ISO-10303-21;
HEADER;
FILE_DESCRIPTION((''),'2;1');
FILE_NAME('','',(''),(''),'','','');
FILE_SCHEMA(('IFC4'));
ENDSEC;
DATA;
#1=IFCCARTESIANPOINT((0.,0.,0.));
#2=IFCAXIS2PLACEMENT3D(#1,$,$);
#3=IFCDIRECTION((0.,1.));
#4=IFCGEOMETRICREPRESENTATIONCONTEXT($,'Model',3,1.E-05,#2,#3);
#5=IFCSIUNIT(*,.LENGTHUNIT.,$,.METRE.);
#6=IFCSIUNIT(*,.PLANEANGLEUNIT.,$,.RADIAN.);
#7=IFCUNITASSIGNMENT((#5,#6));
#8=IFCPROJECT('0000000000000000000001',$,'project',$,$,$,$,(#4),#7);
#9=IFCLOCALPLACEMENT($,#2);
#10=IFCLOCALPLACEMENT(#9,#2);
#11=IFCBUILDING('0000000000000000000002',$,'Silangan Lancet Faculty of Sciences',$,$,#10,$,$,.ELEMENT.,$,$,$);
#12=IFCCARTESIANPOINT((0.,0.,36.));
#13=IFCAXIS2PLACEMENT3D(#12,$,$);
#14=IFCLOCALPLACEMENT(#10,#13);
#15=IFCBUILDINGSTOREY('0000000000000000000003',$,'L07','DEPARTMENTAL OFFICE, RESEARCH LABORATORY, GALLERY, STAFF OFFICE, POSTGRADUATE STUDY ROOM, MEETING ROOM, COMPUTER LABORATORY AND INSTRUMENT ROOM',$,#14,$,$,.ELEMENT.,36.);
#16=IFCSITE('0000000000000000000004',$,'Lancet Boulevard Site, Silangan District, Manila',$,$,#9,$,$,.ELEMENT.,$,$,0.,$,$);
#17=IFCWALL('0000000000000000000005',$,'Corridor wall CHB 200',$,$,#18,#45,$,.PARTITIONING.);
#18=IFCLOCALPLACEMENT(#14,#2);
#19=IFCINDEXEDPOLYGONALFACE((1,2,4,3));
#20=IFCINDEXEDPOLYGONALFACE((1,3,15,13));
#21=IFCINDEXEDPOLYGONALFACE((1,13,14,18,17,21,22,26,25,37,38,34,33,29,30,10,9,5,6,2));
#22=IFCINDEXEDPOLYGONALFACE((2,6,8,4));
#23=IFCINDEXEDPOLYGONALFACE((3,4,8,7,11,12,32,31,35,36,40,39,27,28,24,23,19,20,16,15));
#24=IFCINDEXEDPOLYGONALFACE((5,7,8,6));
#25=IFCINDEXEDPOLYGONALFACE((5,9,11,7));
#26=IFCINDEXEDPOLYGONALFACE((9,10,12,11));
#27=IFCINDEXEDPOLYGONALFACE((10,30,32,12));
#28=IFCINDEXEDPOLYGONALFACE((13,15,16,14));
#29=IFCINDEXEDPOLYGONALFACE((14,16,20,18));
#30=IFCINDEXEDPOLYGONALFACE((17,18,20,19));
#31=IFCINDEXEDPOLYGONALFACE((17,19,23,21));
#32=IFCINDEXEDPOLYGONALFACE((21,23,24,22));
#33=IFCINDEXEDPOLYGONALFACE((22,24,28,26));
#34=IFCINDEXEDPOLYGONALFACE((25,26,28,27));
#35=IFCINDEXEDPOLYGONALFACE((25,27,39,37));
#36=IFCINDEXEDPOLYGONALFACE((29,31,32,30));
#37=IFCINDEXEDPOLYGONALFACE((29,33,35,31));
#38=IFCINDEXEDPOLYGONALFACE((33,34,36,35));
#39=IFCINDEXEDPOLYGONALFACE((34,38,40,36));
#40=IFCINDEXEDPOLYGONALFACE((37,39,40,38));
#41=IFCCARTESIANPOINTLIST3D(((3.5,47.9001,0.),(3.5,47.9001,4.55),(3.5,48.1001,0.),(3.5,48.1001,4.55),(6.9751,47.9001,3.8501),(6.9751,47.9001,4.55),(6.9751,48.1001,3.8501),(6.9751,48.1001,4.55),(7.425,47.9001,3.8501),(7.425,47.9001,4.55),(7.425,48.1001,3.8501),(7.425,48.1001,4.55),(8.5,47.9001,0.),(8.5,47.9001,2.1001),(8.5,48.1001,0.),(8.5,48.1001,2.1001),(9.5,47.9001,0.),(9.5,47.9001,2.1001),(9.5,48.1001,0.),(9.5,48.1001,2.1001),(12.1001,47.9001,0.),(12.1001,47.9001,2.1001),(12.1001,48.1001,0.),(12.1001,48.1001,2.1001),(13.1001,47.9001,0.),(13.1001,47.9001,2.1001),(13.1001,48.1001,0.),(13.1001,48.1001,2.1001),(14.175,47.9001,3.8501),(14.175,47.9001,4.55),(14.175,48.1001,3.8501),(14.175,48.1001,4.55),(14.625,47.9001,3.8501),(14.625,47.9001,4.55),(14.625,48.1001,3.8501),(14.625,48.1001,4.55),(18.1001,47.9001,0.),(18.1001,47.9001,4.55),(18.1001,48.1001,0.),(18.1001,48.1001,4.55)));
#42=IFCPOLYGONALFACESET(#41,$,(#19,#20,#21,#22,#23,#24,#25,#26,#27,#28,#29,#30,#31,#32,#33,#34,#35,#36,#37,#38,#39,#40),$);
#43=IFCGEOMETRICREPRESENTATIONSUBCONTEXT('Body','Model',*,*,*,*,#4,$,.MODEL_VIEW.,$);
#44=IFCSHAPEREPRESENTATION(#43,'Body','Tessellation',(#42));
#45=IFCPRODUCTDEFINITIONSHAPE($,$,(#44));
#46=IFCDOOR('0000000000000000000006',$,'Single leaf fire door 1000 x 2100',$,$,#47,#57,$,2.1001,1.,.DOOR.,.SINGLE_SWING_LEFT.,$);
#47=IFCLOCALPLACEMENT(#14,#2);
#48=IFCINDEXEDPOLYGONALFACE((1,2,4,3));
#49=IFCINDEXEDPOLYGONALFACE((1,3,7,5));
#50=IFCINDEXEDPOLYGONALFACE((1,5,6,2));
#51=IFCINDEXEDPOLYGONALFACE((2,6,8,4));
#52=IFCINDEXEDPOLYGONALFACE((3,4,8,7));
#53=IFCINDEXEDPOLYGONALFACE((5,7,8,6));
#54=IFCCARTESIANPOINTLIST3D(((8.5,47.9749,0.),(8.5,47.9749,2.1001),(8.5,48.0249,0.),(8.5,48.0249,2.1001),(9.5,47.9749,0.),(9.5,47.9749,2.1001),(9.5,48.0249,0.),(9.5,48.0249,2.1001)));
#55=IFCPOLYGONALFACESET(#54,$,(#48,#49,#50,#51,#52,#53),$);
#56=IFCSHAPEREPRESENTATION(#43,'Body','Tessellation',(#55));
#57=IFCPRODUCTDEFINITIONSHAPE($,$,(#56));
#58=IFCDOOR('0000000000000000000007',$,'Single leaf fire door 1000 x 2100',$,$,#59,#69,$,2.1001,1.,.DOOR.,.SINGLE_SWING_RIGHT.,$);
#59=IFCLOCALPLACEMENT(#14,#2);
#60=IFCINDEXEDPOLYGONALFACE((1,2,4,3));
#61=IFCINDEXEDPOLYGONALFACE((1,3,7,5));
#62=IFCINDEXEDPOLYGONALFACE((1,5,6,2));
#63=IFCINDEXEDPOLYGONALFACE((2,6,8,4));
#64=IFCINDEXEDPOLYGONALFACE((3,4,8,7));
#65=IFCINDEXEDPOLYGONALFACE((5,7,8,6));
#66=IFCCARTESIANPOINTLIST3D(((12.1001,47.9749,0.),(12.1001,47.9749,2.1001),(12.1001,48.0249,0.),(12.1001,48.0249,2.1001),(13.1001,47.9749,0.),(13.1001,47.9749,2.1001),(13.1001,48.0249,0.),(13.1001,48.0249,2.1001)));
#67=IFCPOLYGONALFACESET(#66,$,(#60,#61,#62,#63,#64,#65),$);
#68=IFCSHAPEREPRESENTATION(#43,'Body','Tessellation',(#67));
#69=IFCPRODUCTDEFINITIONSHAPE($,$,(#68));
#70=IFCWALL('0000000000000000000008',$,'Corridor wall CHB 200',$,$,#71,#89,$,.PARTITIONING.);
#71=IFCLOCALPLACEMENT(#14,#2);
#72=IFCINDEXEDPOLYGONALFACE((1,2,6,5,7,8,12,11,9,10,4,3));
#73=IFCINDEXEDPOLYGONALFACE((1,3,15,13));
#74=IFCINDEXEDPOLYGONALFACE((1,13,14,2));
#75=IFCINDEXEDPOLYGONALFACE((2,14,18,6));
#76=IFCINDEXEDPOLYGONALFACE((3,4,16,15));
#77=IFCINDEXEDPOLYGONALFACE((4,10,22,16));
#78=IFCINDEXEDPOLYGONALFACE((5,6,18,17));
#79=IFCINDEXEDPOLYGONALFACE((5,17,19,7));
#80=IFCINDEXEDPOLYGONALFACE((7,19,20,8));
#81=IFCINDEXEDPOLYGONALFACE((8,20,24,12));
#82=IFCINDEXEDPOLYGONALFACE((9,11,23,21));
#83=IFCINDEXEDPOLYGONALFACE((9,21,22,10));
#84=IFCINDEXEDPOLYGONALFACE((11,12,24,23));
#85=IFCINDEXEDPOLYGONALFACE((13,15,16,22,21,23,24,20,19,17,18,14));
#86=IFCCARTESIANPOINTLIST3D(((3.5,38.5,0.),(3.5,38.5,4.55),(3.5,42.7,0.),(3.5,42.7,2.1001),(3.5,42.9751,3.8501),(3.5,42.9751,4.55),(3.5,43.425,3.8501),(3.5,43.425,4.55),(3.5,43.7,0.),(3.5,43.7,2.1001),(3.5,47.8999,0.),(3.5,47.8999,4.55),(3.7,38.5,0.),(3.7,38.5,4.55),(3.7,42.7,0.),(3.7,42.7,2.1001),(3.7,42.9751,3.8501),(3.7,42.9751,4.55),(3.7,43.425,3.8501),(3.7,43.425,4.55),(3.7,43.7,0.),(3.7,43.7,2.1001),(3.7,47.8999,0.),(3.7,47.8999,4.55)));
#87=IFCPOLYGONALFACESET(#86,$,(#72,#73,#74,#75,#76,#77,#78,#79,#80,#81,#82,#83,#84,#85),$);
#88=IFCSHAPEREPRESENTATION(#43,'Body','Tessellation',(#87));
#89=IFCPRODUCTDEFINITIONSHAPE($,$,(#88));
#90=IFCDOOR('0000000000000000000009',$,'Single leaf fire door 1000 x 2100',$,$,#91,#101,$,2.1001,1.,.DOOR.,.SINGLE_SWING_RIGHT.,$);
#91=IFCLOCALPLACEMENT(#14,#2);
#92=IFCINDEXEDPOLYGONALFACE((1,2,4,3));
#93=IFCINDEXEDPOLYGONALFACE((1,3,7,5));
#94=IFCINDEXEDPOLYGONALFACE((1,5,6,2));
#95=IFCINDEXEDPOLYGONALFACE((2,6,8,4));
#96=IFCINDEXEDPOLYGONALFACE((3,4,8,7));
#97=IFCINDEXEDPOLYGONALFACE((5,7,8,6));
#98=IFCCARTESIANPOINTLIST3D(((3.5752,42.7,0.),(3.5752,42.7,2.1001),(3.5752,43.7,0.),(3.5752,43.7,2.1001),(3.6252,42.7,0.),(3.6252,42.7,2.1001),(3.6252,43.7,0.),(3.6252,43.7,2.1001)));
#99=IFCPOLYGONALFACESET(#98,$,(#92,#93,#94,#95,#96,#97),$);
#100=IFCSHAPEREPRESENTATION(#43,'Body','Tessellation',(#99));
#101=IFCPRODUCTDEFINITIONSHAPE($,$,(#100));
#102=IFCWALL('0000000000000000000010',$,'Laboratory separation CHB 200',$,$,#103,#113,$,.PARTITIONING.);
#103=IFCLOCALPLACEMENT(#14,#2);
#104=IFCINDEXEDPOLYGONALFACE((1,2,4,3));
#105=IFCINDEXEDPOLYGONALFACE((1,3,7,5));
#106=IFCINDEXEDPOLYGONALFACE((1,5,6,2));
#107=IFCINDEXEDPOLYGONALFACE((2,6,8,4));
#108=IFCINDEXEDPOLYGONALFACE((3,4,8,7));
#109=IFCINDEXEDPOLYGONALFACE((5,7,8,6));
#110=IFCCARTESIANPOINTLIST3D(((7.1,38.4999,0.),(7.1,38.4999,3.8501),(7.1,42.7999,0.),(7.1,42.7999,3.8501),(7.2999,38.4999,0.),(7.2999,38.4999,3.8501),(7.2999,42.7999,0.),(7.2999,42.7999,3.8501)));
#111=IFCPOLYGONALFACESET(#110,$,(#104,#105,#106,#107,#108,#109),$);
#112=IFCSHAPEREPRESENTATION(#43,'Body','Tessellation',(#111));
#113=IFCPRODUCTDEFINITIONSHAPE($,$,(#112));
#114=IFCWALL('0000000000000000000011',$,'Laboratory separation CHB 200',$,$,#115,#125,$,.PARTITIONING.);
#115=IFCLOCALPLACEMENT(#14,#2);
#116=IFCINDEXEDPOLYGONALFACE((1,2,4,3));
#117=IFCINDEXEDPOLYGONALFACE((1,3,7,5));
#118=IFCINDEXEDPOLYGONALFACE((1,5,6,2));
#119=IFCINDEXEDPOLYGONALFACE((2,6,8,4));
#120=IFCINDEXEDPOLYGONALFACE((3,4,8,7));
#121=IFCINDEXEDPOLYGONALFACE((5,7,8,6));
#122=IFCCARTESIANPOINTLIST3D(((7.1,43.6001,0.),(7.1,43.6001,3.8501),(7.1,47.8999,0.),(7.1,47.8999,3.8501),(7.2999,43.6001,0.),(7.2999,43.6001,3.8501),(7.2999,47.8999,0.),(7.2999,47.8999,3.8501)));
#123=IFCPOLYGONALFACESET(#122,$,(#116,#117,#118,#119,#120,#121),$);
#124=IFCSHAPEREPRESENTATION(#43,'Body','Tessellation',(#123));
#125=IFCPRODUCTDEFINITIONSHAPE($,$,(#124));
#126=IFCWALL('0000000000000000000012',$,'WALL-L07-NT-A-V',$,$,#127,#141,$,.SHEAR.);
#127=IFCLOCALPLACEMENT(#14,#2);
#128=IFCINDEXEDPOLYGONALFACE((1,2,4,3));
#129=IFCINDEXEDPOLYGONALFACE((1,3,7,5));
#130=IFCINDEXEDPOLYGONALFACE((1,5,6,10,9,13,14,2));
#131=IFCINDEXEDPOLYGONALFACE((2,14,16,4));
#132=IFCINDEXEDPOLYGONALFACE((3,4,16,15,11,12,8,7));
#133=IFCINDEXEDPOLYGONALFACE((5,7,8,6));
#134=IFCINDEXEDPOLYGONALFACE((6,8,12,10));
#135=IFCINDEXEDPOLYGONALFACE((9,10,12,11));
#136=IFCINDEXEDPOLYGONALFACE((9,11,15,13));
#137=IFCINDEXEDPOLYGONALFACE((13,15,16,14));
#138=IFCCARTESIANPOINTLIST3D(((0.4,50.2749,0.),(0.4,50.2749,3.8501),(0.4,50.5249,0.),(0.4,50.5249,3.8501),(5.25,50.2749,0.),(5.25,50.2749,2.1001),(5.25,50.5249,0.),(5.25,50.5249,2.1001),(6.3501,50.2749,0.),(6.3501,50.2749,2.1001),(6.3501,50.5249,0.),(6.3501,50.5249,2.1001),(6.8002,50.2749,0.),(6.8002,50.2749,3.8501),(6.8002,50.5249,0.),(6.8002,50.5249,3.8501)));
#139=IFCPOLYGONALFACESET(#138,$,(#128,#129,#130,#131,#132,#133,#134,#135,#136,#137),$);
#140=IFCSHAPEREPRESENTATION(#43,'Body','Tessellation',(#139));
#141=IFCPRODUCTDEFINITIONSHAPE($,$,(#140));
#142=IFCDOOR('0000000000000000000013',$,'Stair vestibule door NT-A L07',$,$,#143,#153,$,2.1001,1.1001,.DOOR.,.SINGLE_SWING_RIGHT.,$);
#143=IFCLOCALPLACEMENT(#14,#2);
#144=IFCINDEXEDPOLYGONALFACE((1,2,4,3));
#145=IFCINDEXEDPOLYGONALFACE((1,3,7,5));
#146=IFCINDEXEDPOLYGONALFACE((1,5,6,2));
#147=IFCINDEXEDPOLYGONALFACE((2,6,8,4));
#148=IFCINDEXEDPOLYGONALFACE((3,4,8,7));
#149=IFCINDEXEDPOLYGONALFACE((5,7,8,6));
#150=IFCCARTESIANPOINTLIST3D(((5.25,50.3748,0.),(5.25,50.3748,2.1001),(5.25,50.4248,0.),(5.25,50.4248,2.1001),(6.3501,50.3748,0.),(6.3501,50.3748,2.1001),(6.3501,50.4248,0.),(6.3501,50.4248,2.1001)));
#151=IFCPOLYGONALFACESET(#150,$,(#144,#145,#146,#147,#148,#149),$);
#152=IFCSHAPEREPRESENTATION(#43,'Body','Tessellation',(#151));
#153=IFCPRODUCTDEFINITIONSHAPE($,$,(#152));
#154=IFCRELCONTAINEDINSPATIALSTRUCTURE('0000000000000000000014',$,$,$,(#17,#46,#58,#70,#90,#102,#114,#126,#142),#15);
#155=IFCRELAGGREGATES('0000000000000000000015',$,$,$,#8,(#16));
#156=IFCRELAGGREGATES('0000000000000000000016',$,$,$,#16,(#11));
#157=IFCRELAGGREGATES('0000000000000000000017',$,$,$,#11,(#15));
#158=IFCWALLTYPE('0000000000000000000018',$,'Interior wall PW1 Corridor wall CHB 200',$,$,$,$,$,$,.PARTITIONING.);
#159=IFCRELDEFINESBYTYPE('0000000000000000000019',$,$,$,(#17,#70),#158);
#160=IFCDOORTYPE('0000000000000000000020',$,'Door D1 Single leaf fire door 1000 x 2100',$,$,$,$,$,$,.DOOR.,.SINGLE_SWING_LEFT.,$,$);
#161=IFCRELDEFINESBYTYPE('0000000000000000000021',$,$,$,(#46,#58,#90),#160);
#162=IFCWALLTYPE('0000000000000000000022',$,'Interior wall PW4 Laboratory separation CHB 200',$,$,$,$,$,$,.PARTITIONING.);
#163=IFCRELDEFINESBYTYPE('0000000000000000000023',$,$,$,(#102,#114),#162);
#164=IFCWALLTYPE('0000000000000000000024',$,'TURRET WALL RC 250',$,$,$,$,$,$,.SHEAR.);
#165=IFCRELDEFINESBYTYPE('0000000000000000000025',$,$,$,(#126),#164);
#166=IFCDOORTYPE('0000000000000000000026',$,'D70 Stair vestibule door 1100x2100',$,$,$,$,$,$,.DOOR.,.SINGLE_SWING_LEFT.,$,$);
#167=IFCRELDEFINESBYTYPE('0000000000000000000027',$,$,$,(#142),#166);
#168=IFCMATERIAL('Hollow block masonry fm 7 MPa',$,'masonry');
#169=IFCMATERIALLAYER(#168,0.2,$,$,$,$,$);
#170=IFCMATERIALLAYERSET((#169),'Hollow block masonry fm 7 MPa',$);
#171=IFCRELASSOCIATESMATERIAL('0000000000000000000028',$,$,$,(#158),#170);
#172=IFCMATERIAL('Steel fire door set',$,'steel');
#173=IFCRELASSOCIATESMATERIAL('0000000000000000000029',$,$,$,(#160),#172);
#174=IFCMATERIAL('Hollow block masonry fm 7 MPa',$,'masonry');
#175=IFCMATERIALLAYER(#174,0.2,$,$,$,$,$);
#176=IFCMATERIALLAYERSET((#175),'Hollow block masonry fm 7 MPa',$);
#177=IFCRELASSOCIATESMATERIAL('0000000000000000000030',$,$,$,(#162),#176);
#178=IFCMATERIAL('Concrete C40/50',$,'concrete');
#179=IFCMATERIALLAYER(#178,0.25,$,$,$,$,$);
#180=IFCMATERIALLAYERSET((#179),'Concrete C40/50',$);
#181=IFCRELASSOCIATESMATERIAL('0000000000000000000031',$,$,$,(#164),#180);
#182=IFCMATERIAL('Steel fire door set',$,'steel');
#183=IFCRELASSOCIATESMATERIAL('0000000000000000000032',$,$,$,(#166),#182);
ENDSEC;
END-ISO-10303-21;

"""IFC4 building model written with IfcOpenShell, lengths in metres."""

from ifc_helpers import new_model, si_unit, direction, frame, frame_2d, origin, place, context, subcontext, project, spatial, polyline, rectangle, outline, extrude, material, layer, layer_set, type_object, element, fill, save


model = new_model("IFC4")

# Units and contexts
model_context = context("Model", 3, precision=1e-05, world=origin(), true_north=direction((0.0, 1.0)))
body_context = subcontext(model_context, "Body", "Model", "MODEL_VIEW")
ifc_project = project(units=[si_unit("LENGTHUNIT", "METRE"), si_unit("PLANEANGLEUNIT", "RADIAN")], contexts=[model_context])

# Site, building, storey
site_placement = place(None, origin())
site = spatial("IfcSite", under=ifc_project, at=site_placement, Name="Lancet Boulevard Site, Silangan District, Manila", CompositionType="ELEMENT", RefElevation=0.0)
building_placement = place(site_placement, origin())
building = spatial("IfcBuilding", under=site, at=building_placement, Name="Silangan Lancet Faculty of Sciences", CompositionType="ELEMENT")
storey_placement = place(building_placement, frame((0.0, 0.0, 36.0)))
storey = spatial("IfcBuildingStorey", under=building, at=storey_placement, Name="L07", Description="DEPARTMENTAL OFFICE, RESEARCH LABORATORY, GALLERY, STAFF OFFICE, POSTGRADUATE STUDY ROOM, MEETING ROOM, COMPUTER LABORATORY AND INSTRUMENT ROOM", CompositionType="ELEMENT", Elevation=36.0)

# Shared definitions
ifc_material_1 = material(Name="Hollow block masonry fm 7 MPa", Category="masonry")
ifc_layer_1 = layer(ifc_material_1, 0.2)
ifc_layer_set_1 = layer_set([ifc_layer_1], Name="Hollow block masonry fm 7 MPa")
wall_type_1 = type_object("IfcWallType", Name="Interior wall PW1 Corridor wall CHB 200", PredefinedType="PARTITIONING", material=ifc_layer_set_1)

# Wall, openings, doors
wall_1_placement = place(storey_placement, frame((3.5, 48.0, 0.0), z_axis=(0.0, 0.0, 1.0), x_axis=(1.0, 0.0, 0.0)))
wall_1 = element("IfcWall", 1, at=wall_1_placement, inside=storey, type_object=wall_type_1, Name="Corridor wall CHB 200", PredefinedType="PARTITIONING", context=body_context, shape_type="SweptSolid", body=[
    extrude(outline(polyline([(0.0, 0.0), (14.6001, 0.0), (14.6001, 4.55), (11.125, 4.55), (11.125, 3.8501), (10.675, 3.8501), (10.675, 4.55), (3.925, 4.55), (3.925, 3.8501), (3.4751, 3.8501), (3.4751, 4.55), (0.0, 4.55), (0.0, 0.0)])), frame((0.0, 0.1001, 0.0), z_axis=(0.0, -1.0, 0.0), x_axis=(1.0, 0.0, 0.0)), (0.0, 0.0, 1.0), 0.2),
])
opening_1_placement = place(wall_1_placement, frame((5.0, 0.0, 0.0)))
opening_1 = element("IfcOpeningElement", 2, at=opening_1_placement, cuts=wall_1, PredefinedType="OPENING", context=body_context, shape_type="SweptSolid", body=[
    extrude(rectangle(XDim=1.0, YDim=2.1001, at=frame_2d((0.5, 1.05))), frame((0.0, 0.1099, 0.0), z_axis=(0.0, -1.0, 0.0), x_axis=(1.0, 0.0, 0.0)), (0.0, 0.0, 1.0), 0.22),
])
opening_2_placement = place(wall_1_placement, frame((8.6001, 0.0, 0.0)))
opening_2 = element("IfcOpeningElement", 3, at=opening_2_placement, cuts=wall_1, PredefinedType="OPENING", context=body_context, shape_type="SweptSolid", body=[
    extrude(rectangle(XDim=1.0, YDim=2.1001, at=frame_2d((0.5, 1.05))), frame((0.0, 0.1099, 0.0), z_axis=(0.0, -1.0, 0.0), x_axis=(1.0, 0.0, 0.0)), (0.0, 0.0, 1.0), 0.22),
])
ifc_material_2 = material(Name="Steel fire door set", Category="steel")
door_type_1 = type_object("IfcDoorType", Name="Door D1 Single leaf fire door 1000 x 2100", OperationType="SINGLE_SWING_LEFT", PredefinedType="DOOR", material=ifc_material_2)
door_1_placement = place(opening_1_placement, frame((1.0, 0.0, 0.0), z_axis=(0.0, 0.0, 1.0), x_axis=(-1.0, 0.0, 0.0)))
door_1 = element("IfcDoor", 4, at=door_1_placement, inside=storey, type_object=door_type_1, Name="Single leaf fire door 1000 x 2100", OperationType="SINGLE_SWING_LEFT", OverallHeight=2.1001, OverallWidth=1.0, PredefinedType="DOOR", context=body_context, shape_type="SweptSolid", body=[
    extrude(rectangle(XDim=1.0, YDim=2.1001, at=frame_2d((0.5, 1.05))), frame((0.0, 0.0251, 0.0), z_axis=(0.0, -1.0, 0.0), x_axis=(1.0, 0.0, 0.0)), (0.0, 0.0, 1.0), 0.05),
])
fill(opening_1, door_1)
door_2_placement = place(opening_2_placement, frame((1.0, 0.0, 0.0), z_axis=(0.0, 0.0, 1.0), x_axis=(-1.0, 0.0, 0.0)))
door_2 = element("IfcDoor", 5, at=door_2_placement, inside=storey, type_object=door_type_1, Name="Single leaf fire door 1000 x 2100", OperationType="SINGLE_SWING_RIGHT", OverallHeight=2.1001, OverallWidth=1.0, PredefinedType="DOOR", context=body_context, shape_type="SweptSolid", body=[
    extrude(rectangle(XDim=1.0, YDim=2.1001, at=frame_2d((0.5, 1.05))), frame((0.0, 0.0251, 0.0), z_axis=(0.0, -1.0, 0.0), x_axis=(1.0, 0.0, 0.0)), (0.0, 0.0, 1.0), 0.05),
])
fill(opening_2, door_2)

# Wall, opening, door
wall_2_placement = place(storey_placement, frame((3.6001, 38.5, 0.0), z_axis=(0.0, 0.0, 1.0), x_axis=(0.0, 1.0, 0.0)))
wall_2 = element("IfcWall", 6, at=wall_2_placement, inside=storey, type_object=wall_type_1, Name="Corridor wall CHB 200", PredefinedType="PARTITIONING", context=body_context, shape_type="SweptSolid", body=[
    extrude(outline(polyline([(0.0, 0.0), (9.3999, 0.0), (9.3999, 4.55), (4.925, 4.55), (4.925, 3.8501), (4.4751, 3.8501), (4.4751, 4.55), (0.0, 4.55), (0.0, 0.0)])), frame((0.0, 0.1001, 0.0), z_axis=(0.0, -1.0, 0.0), x_axis=(1.0, 0.0, 0.0)), (0.0, 0.0, 1.0), 0.2),
])
opening_3_placement = place(wall_2_placement, frame((4.2, 0.0, 0.0)))
opening_3 = element("IfcOpeningElement", 7, at=opening_3_placement, cuts=wall_2, PredefinedType="OPENING", context=body_context, shape_type="SweptSolid", body=[
    extrude(rectangle(XDim=1.0, YDim=2.1001, at=frame_2d((0.5, 1.05))), frame((0.0, 0.1099, 0.0), z_axis=(0.0, -1.0, 0.0), x_axis=(1.0, 0.0, 0.0)), (0.0, 0.0, 1.0), 0.22),
])
door_3_placement = place(opening_3_placement, frame((1.0, 0.0, 0.0), z_axis=(0.0, 0.0, 1.0), x_axis=(-1.0, 0.0, 0.0)))
door_3 = element("IfcDoor", 8, at=door_3_placement, inside=storey, type_object=door_type_1, Name="Single leaf fire door 1000 x 2100", OperationType="SINGLE_SWING_RIGHT", OverallHeight=2.1001, OverallWidth=1.0, PredefinedType="DOOR", context=body_context, shape_type="SweptSolid", body=[
    extrude(rectangle(XDim=1.0, YDim=2.1001, at=frame_2d((0.5, 1.05))), frame((0.0, 0.0251, 0.0), z_axis=(0.0, -1.0, 0.0), x_axis=(1.0, 0.0, 0.0)), (0.0, 0.0, 1.0), 0.05),
])
fill(opening_3, door_3)

# Walls
ifc_material_3 = material(Name="Hollow block masonry fm 7 MPa", Category="masonry")
ifc_layer_2 = layer(ifc_material_3, 0.2)
ifc_layer_set_2 = layer_set([ifc_layer_2], Name="Hollow block masonry fm 7 MPa")
wall_type_2 = type_object("IfcWallType", Name="Interior wall PW4 Laboratory separation CHB 200", PredefinedType="PARTITIONING", material=ifc_layer_set_2)
wall_3_placement = place(storey_placement, frame((7.2, 38.5, 0.0), z_axis=(0.0, 0.0, 1.0), x_axis=(0.0, 1.0, 0.0)))
element("IfcWall", 9, at=wall_3_placement, inside=storey, type_object=wall_type_2, Name="Laboratory separation CHB 200", PredefinedType="PARTITIONING", context=body_context, shape_type="SweptSolid", body=[
    extrude(rectangle(XDim=4.3, YDim=0.2, at=frame_2d((2.1499, 0.0))), origin(), (0.0, 0.0, 1.0), 3.8501),
])
wall_4_placement = place(storey_placement, frame((7.2, 43.6001, 0.0), z_axis=(0.0, 0.0, 1.0), x_axis=(0.0, 1.0, 0.0)))
element("IfcWall", 10, at=wall_4_placement, inside=storey, type_object=wall_type_2, Name="Laboratory separation CHB 200", PredefinedType="PARTITIONING", context=body_context, shape_type="SweptSolid", body=[
    extrude(rectangle(XDim=4.2998, YDim=0.2, at=frame_2d((2.1499, 0.0))), origin(), (0.0, 0.0, 1.0), 3.8501),
])

# Wall, opening, door
ifc_material_4 = material(Name="Concrete C40/50", Category="concrete")
ifc_layer_3 = layer(ifc_material_4, 0.25)
ifc_layer_set_3 = layer_set([ifc_layer_3], Name="Concrete C40/50")
wall_type_3 = type_object("IfcWallType", Name="TURRET WALL RC 250", PredefinedType="SHEAR", material=ifc_layer_set_3)
wall_5_placement = place(storey_placement, frame((0.3999, 50.3999, 0.0), z_axis=(0.0, 0.0, 1.0), x_axis=(1.0, 0.0, 0.0)))
wall_5 = element("IfcWall", 11, at=wall_5_placement, inside=storey, type_object=wall_type_3, Name="WALL-L07-NT-A-V", PredefinedType="SHEAR", context=body_context, shape_type="SweptSolid", body=[
    extrude(rectangle(XDim=6.4001, YDim=0.25, at=frame_2d((3.2002, 0.0))), origin(), (0.0, 0.0, 1.0), 3.8501),
])
opening_4_placement = place(wall_5_placement, frame((4.8501, 0.0, 0.0)))
opening_4 = element("IfcOpeningElement", 12, at=opening_4_placement, cuts=wall_5, PredefinedType="OPENING", context=body_context, shape_type="SweptSolid", body=[
    extrude(rectangle(XDim=1.1001, YDim=2.1001, at=frame_2d((0.55, 1.05))), frame((0.0, 0.135, 0.0), z_axis=(0.0, -1.0, 0.0), x_axis=(1.0, 0.0, 0.0)), (0.0, 0.0, 1.0), 0.27),
])
ifc_material_5 = material(Name="Steel fire door set", Category="steel")
door_type_2 = type_object("IfcDoorType", Name="D70 Stair vestibule door 1100x2100", OperationType="SINGLE_SWING_LEFT", PredefinedType="DOOR", material=ifc_material_5)
door_4_placement = place(opening_4_placement, origin())
door_4 = element("IfcDoor", 13, at=door_4_placement, inside=storey, type_object=door_type_2, Name="Stair vestibule door NT-A L07", OperationType="SINGLE_SWING_RIGHT", OverallHeight=2.1001, OverallWidth=1.1001, PredefinedType="DOOR", context=body_context, shape_type="SweptSolid", body=[
    extrude(rectangle(XDim=1.1001, YDim=2.1001, at=frame_2d((0.55, 1.05))), frame((0.0, 0.0249, 0.0), z_axis=(0.0, -1.0, 0.0), x_axis=(1.0, 0.0, 0.0)), (0.0, 0.0, 1.0), 0.05),
])
fill(opening_4, door_4)

save(model, "model.ifc")
